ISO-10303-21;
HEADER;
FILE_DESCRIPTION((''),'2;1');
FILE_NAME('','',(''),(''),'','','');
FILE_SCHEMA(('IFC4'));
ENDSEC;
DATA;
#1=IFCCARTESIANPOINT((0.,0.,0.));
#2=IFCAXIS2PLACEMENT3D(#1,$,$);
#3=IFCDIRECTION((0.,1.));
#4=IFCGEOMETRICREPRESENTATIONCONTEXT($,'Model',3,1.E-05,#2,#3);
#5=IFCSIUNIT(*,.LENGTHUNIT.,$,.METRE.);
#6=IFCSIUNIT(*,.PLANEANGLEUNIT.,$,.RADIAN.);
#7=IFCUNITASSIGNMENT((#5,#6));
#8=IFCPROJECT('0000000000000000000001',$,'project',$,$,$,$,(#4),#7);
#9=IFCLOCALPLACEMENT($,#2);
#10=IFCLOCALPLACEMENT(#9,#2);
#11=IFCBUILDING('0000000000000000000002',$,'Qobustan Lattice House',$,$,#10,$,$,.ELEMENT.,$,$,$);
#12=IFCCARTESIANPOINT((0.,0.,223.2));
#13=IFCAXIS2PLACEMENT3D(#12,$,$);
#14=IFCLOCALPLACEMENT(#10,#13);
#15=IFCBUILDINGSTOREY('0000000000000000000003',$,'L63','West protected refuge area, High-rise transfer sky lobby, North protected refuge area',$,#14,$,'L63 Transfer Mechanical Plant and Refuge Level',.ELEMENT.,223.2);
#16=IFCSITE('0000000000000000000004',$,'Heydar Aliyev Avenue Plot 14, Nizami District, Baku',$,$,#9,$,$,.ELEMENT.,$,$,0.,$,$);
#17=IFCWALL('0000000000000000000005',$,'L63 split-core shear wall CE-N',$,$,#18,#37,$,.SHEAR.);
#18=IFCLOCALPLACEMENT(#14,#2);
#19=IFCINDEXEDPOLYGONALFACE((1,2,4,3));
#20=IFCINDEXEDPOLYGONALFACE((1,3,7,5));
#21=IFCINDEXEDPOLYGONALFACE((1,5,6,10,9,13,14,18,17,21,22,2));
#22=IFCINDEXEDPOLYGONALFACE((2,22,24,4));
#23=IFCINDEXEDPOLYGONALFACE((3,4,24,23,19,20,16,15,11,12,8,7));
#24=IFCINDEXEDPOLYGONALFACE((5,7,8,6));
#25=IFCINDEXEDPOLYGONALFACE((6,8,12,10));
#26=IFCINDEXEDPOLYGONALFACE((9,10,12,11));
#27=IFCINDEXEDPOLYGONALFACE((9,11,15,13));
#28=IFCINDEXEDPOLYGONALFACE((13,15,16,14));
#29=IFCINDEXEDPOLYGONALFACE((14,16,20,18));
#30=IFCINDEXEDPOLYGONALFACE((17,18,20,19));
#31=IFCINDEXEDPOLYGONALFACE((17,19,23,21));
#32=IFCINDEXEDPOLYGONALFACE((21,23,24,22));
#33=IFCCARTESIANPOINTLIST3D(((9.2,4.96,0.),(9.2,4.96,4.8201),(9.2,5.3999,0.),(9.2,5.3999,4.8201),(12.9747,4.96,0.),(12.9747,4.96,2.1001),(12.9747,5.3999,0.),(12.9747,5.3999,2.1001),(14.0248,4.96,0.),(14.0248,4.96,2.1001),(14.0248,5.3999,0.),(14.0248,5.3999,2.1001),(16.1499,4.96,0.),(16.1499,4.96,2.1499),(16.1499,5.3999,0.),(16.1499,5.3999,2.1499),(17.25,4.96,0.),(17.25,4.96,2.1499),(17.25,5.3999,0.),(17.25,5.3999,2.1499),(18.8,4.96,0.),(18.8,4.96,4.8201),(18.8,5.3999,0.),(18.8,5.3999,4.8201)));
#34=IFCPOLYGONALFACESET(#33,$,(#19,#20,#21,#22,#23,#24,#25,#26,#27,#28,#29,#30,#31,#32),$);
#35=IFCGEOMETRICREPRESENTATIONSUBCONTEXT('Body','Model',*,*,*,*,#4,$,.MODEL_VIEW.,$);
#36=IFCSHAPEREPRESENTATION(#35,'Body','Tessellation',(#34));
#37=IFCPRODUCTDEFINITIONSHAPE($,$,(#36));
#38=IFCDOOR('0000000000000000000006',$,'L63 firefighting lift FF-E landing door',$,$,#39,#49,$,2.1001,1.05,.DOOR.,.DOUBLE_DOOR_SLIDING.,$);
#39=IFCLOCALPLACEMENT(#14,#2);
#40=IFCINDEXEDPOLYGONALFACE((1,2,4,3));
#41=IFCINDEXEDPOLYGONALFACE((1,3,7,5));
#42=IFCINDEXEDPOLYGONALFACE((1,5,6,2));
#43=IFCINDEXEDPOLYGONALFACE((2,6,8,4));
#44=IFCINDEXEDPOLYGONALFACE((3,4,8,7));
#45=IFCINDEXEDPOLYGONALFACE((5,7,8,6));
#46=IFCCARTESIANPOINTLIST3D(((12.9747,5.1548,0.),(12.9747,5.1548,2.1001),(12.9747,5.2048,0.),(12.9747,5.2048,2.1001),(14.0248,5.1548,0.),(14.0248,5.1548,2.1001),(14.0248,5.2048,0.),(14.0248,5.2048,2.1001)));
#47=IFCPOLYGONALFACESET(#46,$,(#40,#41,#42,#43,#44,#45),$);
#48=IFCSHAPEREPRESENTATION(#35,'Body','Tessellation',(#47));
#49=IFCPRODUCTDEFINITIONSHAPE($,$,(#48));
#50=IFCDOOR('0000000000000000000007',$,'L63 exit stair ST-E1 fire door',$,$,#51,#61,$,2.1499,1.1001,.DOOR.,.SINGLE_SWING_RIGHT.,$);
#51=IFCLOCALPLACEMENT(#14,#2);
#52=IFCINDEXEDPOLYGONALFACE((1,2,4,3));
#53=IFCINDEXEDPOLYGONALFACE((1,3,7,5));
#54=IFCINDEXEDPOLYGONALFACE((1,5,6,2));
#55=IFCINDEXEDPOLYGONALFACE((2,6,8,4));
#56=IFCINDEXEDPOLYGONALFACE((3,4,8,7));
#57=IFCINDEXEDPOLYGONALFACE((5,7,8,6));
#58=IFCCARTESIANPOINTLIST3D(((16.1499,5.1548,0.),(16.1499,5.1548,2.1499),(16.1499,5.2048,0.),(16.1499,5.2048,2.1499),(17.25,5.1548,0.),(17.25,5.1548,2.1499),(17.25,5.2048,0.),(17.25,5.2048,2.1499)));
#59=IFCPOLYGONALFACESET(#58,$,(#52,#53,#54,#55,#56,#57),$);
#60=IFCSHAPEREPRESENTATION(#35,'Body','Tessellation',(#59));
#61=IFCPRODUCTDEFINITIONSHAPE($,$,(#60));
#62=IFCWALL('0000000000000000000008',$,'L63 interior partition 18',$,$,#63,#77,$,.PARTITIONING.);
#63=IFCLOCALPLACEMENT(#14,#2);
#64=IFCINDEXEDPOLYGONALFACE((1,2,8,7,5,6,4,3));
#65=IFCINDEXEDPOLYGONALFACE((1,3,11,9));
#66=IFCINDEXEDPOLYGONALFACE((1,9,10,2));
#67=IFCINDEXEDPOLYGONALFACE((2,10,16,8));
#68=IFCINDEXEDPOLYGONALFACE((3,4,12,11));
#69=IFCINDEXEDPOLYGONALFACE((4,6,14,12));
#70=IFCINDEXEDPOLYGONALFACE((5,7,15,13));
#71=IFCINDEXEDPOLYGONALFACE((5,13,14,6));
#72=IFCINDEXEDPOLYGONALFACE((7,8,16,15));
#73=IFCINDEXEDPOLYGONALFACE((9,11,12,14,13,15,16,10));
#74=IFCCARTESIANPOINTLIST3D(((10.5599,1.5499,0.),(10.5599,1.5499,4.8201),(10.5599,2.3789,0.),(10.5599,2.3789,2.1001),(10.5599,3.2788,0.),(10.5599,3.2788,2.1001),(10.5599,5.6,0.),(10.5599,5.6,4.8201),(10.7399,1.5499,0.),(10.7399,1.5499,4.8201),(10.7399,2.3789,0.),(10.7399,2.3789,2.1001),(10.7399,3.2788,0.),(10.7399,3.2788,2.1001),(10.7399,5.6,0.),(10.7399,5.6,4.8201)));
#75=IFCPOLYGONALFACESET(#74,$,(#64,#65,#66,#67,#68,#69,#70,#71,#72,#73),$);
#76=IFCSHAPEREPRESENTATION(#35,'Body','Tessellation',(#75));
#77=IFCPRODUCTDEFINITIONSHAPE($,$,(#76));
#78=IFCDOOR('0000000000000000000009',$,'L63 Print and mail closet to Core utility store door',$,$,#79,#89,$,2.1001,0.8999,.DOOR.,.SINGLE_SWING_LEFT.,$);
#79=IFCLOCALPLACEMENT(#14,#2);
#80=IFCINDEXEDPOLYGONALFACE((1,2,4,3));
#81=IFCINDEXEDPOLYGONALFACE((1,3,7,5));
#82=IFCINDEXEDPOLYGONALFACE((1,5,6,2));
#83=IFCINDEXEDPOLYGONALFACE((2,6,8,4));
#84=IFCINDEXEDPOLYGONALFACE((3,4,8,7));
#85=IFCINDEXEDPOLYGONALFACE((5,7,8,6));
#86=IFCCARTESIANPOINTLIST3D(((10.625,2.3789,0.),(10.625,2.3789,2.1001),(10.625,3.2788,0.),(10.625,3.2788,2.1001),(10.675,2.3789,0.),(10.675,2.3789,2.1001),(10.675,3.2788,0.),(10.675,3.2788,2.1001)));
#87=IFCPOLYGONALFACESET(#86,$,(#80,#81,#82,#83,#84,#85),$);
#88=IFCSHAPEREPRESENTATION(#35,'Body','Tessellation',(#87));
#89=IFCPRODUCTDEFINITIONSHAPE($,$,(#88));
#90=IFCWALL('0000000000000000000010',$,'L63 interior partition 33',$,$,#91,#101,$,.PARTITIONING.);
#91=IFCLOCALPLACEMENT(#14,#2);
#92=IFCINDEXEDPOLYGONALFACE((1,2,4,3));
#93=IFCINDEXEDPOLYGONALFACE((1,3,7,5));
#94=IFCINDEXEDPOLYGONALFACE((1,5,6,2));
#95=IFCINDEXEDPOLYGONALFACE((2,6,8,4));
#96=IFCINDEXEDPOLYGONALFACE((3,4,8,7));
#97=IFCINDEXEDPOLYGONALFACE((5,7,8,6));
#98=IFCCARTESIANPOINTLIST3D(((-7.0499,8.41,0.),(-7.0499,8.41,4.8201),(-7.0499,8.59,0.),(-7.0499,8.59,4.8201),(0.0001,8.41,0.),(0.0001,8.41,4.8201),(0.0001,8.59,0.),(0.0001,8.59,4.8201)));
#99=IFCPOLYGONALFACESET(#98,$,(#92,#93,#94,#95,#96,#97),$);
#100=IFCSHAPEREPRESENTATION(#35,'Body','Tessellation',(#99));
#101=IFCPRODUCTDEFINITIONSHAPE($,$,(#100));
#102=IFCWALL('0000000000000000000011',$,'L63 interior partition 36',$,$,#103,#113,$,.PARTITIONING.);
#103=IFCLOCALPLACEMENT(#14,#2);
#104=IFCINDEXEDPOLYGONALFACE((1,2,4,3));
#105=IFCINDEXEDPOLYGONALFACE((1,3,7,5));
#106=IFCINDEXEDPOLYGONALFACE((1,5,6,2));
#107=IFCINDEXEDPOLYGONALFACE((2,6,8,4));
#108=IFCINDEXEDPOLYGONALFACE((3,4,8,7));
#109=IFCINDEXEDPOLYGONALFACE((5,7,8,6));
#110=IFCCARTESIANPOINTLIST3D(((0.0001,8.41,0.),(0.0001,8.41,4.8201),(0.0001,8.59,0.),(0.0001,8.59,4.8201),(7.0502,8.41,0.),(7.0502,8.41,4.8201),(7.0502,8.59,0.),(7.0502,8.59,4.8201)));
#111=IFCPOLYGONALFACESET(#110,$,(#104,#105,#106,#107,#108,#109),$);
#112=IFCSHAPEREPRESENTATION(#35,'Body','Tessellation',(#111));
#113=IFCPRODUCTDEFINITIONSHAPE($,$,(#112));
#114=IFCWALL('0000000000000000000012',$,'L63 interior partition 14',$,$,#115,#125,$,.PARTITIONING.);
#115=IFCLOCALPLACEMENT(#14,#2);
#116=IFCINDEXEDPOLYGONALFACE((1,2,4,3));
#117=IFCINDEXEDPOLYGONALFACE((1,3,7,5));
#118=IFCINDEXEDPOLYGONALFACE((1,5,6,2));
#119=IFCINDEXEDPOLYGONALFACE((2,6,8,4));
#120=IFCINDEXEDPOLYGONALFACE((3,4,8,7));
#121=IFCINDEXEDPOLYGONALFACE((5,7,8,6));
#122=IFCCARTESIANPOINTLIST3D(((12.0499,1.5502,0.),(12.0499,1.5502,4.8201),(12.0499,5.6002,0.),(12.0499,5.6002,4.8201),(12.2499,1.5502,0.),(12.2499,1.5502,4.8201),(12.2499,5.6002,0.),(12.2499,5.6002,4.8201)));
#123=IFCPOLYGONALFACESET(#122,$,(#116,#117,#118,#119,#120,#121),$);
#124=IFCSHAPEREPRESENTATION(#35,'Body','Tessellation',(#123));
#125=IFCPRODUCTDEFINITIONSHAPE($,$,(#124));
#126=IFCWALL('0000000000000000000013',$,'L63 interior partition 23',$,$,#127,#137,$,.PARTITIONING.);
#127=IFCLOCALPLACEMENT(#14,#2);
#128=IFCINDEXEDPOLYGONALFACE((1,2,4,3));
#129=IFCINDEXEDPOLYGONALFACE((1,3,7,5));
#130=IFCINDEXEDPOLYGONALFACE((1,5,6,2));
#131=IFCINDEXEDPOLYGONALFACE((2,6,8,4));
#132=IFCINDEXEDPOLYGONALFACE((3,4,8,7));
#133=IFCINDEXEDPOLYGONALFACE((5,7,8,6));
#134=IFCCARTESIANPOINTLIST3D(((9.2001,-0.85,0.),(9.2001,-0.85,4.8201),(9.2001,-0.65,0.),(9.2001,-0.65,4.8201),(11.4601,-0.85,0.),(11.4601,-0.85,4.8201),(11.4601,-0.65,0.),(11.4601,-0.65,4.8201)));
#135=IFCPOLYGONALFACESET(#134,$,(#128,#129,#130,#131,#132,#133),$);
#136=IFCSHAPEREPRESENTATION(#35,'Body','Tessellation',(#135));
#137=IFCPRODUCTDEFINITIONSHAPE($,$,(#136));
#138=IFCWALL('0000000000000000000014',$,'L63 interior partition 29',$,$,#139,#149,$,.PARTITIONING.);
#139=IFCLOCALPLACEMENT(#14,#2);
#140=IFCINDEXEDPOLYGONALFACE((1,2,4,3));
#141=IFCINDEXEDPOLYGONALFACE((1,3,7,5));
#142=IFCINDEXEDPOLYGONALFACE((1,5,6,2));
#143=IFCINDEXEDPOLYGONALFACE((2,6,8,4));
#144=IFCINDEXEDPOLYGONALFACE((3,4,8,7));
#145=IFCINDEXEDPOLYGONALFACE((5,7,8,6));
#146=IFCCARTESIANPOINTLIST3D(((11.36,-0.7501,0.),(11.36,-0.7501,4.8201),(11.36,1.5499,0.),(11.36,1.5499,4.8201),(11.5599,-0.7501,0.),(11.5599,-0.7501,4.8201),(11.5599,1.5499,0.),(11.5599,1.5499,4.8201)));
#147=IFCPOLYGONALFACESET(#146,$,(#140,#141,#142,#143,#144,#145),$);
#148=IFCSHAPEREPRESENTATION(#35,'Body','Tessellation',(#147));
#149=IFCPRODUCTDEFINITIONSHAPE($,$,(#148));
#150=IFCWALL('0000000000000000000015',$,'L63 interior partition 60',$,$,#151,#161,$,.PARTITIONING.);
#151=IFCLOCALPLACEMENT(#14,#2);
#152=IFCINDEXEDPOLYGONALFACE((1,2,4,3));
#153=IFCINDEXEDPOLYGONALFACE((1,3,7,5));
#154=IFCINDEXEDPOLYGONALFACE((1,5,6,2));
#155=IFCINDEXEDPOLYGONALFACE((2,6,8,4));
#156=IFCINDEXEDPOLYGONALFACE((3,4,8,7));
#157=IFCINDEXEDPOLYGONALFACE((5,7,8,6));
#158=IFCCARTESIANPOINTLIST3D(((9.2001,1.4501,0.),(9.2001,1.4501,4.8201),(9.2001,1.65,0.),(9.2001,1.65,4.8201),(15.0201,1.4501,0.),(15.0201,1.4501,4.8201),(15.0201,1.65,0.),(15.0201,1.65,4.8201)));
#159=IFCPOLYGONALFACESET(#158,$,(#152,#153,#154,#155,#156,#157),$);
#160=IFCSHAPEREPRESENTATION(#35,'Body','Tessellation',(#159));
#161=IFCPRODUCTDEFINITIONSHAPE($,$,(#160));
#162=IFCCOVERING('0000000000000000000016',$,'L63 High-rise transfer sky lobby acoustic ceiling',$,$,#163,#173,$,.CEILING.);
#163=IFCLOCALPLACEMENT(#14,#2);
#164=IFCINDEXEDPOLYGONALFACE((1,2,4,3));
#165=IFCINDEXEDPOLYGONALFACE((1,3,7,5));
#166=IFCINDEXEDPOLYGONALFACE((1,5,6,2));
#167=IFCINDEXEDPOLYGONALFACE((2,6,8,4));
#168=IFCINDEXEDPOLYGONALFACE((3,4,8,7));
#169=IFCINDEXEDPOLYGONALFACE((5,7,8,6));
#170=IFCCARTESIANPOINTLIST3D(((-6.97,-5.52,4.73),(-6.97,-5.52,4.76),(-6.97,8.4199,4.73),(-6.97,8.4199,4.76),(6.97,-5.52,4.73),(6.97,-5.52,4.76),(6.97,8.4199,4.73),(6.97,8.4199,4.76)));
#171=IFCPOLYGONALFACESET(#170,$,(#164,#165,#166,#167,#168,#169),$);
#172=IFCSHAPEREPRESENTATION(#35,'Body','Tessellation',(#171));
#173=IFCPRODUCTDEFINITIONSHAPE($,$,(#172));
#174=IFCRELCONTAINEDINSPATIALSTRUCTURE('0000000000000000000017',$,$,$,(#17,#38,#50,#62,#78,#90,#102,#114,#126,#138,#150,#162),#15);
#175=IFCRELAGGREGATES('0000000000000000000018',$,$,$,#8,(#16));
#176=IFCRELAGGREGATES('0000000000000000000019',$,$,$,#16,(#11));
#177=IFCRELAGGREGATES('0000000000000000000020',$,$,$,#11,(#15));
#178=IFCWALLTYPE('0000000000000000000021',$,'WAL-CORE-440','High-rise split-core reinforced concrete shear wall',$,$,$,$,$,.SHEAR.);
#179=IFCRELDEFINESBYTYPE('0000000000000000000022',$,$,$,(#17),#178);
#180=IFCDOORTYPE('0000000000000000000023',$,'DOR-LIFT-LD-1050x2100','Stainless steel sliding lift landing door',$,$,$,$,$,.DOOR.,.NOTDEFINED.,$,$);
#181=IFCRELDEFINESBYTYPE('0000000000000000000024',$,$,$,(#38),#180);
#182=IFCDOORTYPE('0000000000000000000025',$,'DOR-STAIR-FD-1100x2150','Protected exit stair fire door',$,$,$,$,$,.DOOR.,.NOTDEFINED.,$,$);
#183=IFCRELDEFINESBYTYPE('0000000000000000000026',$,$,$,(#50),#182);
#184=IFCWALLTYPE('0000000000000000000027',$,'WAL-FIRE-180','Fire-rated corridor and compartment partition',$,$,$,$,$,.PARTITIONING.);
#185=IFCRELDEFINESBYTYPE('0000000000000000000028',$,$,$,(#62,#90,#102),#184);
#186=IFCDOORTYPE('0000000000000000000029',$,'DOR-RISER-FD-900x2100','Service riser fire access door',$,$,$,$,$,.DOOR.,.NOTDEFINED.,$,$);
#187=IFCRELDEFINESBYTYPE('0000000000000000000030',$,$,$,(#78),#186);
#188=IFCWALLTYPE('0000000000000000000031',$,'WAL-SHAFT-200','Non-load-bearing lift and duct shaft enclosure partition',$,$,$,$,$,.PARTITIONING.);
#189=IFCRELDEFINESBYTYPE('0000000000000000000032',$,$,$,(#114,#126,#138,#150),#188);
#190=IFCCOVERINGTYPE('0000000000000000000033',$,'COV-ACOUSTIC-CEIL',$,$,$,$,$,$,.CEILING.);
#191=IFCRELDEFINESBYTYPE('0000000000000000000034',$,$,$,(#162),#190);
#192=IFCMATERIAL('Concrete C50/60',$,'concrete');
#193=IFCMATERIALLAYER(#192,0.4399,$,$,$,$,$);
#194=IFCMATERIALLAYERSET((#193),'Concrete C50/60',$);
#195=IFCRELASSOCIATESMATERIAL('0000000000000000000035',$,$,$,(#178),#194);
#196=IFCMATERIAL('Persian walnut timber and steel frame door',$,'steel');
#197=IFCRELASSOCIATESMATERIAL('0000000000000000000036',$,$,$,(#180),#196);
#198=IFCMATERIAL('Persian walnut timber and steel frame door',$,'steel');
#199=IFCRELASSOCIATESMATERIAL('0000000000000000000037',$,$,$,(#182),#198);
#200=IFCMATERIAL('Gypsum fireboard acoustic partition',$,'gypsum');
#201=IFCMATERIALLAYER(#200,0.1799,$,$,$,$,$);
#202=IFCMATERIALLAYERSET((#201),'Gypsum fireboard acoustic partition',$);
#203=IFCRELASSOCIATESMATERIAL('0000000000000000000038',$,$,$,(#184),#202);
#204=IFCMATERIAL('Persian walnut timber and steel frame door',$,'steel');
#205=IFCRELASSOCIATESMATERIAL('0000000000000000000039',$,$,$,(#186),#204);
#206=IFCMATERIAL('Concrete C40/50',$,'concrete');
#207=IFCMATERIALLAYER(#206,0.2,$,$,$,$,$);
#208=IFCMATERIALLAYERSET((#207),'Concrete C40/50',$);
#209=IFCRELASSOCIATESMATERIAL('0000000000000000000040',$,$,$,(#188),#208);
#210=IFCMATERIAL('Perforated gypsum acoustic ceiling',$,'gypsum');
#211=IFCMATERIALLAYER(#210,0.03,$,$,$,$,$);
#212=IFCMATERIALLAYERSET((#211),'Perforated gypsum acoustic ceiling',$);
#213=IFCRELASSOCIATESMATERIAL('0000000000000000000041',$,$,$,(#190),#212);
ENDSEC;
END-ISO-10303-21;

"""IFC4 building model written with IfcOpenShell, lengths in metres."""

from ifc_helpers import new_model, si_unit, direction, frame, frame_2d, origin, place, context, subcontext, project, spatial, polyline, rectangle, outline, extrude, material, layer, layer_set, type_object, element, fill, save


model = new_model("IFC4")

# Units and contexts
model_context = context("Model", 3, precision=1e-05, world=origin(), true_north=direction((0.0, 1.0)))
body_context = subcontext(model_context, "Body", "Model", "MODEL_VIEW")
ifc_project = project(units=[si_unit("LENGTHUNIT", "METRE"), si_unit("PLANEANGLEUNIT", "RADIAN")], contexts=[model_context])

# Site, building, storey
site_placement = place(None, origin())
site = spatial("IfcSite", under=ifc_project, at=site_placement, Name="Heydar Aliyev Avenue Plot 14, Nizami District, Baku", CompositionType="ELEMENT", RefElevation=0.0)
building_placement = place(site_placement, origin())
building = spatial("IfcBuilding", under=site, at=building_placement, Name="Qobustan Lattice House", CompositionType="ELEMENT")
storey_placement = place(building_placement, frame((0.0, 0.0, 223.2)))
storey = spatial("IfcBuildingStorey", under=building, at=storey_placement, Name="L63", Description="West protected refuge area, High-rise transfer sky lobby, North protected refuge area", LongName="L63 Transfer Mechanical Plant and Refuge Level", CompositionType="ELEMENT", Elevation=223.2)

# Wall, openings, doors
ifc_material_1 = material(Name="Concrete C50/60", Category="concrete")
ifc_layer_1 = layer(ifc_material_1, 0.4399)
ifc_layer_set_1 = layer_set([ifc_layer_1], Name="Concrete C50/60")
wall_type_1 = type_object("IfcWallType", Name="WAL-CORE-440", Description="High-rise split-core reinforced concrete shear wall", PredefinedType="SHEAR", material=ifc_layer_set_1)
wall_1_placement = place(storey_placement, frame((9.2, 5.1799, 0.0), z_axis=(0.0, 0.0, 1.0), x_axis=(1.0, 0.0, 0.0)))
wall_1 = element("IfcWall", 1, at=wall_1_placement, inside=storey, type_object=wall_type_1, Name="L63 split-core shear wall CE-N", PredefinedType="SHEAR", context=body_context, shape_type="SweptSolid", body=[
    extrude(rectangle(XDim=9.6001, YDim=0.4399, at=frame_2d((4.8, 0.0))), origin(), (0.0, 0.0, 1.0), 4.8201),
])
opening_1_placement = place(wall_1_placement, frame((6.95, 0.0, 0.0)))
opening_1 = element("IfcOpeningElement", 2, at=opening_1_placement, cuts=wall_1, PredefinedType="OPENING", context=body_context, shape_type="SweptSolid", body=[
    extrude(rectangle(XDim=1.1001, YDim=2.1499, at=frame_2d((0.55, 1.075))), frame((0.0, 0.23, 0.0), z_axis=(0.0, -1.0, 0.0), x_axis=(1.0, 0.0, 0.0)), (0.0, 0.0, 1.0), 0.46),
])
opening_2_placement = place(wall_1_placement, frame((3.7749, 0.0, 0.0)))
opening_2 = element("IfcOpeningElement", 3, at=opening_2_placement, cuts=wall_1, PredefinedType="OPENING", context=body_context, shape_type="SweptSolid", body=[
    extrude(rectangle(XDim=1.05, YDim=2.1001, at=frame_2d((0.5249, 1.05))), frame((0.0, 0.23, 0.0), z_axis=(0.0, -1.0, 0.0), x_axis=(1.0, 0.0, 0.0)), (0.0, 0.0, 1.0), 0.46),
])
ifc_material_2 = material(Name="Persian walnut timber and steel frame door", Category="steel")
door_type_1 = type_object("IfcDoorType", Name="DOR-LIFT-LD-1050x2100", Description="Stainless steel sliding lift landing door", OperationType="NOTDEFINED", PredefinedType="DOOR", material=ifc_material_2)
door_1_placement = place(opening_2_placement, origin())
door_1 = element("IfcDoor", 4, at=door_1_placement, inside=storey, type_object=door_type_1, Name="L63 firefighting lift FF-E landing door", OperationType="DOUBLE_DOOR_SLIDING", OverallHeight=2.1001, OverallWidth=1.05, PredefinedType="DOOR", context=body_context, shape_type="SweptSolid", body=[
    extrude(rectangle(XDim=1.05, YDim=2.1001, at=frame_2d((0.5249, 1.05))), frame((0.0, 0.0249, 0.0), z_axis=(0.0, -1.0, 0.0), x_axis=(1.0, 0.0, 0.0)), (0.0, 0.0, 1.0), 0.05),
])
fill(opening_2, door_1)
ifc_material_3 = material(Name="Persian walnut timber and steel frame door", Category="steel")
door_type_2 = type_object("IfcDoorType", Name="DOR-STAIR-FD-1100x2150", Description="Protected exit stair fire door", OperationType="NOTDEFINED", PredefinedType="DOOR", material=ifc_material_3)
door_2_placement = place(opening_1_placement, origin())
door_2 = element("IfcDoor", 5, at=door_2_placement, inside=storey, type_object=door_type_2, Name="L63 exit stair ST-E1 fire door", OperationType="SINGLE_SWING_RIGHT", OverallHeight=2.1499, OverallWidth=1.1001, PredefinedType="DOOR", context=body_context, shape_type="SweptSolid", body=[
    extrude(rectangle(XDim=1.1001, YDim=2.1499, at=frame_2d((0.55, 1.075))), frame((0.0, 0.0249, 0.0), z_axis=(0.0, -1.0, 0.0), x_axis=(1.0, 0.0, 0.0)), (0.0, 0.0, 1.0), 0.05),
])
fill(opening_1, door_2)

# Wall, opening, door
ifc_material_4 = material(Name="Gypsum fireboard acoustic partition", Category="gypsum")
ifc_layer_2 = layer(ifc_material_4, 0.1799)
ifc_layer_set_2 = layer_set([ifc_layer_2], Name="Gypsum fireboard acoustic partition")
wall_type_2 = type_object("IfcWallType", Name="WAL-FIRE-180", Description="Fire-rated corridor and compartment partition", PredefinedType="PARTITIONING", material=ifc_layer_set_2)
wall_2_placement = place(storey_placement, frame((10.6499, 1.55, 0.0), z_axis=(0.0, 0.0, 1.0), x_axis=(0.0, 1.0, 0.0)))
wall_2 = element("IfcWall", 6, at=wall_2_placement, inside=storey, type_object=wall_type_2, Name="L63 interior partition 18", PredefinedType="PARTITIONING", context=body_context, shape_type="SweptSolid", body=[
    extrude(rectangle(XDim=4.05, YDim=0.1799, at=frame_2d((2.0249, 0.0))), origin(), (0.0, 0.0, 1.0), 4.8201),
])
opening_3_placement = place(wall_2_placement, frame((0.8289, 0.0, 0.0)))
opening_3 = element("IfcOpeningElement", 7, at=opening_3_placement, cuts=wall_2, PredefinedType="OPENING", context=body_context, shape_type="SweptSolid", body=[
    extrude(rectangle(XDim=0.8999, YDim=2.1001, at=frame_2d((0.45, 1.05))), frame((0.0, 0.0999, 0.0), z_axis=(0.0, -1.0, 0.0), x_axis=(1.0, 0.0, 0.0)), (0.0, 0.0, 1.0), 0.2),
])
ifc_material_5 = material(Name="Persian walnut timber and steel frame door", Category="steel")
door_type_3 = type_object("IfcDoorType", Name="DOR-RISER-FD-900x2100", Description="Service riser fire access door", OperationType="NOTDEFINED", PredefinedType="DOOR", material=ifc_material_5)
door_3_placement = place(opening_3_placement, origin())
door_3 = element("IfcDoor", 8, at=door_3_placement, inside=storey, type_object=door_type_3, Name="L63 Print and mail closet to Core utility store door", OperationType="SINGLE_SWING_LEFT", OverallHeight=2.1001, OverallWidth=0.8999, PredefinedType="DOOR", context=body_context, shape_type="SweptSolid", body=[
    extrude(rectangle(XDim=0.8999, YDim=2.1001, at=frame_2d((0.45, 1.05))), frame((0.0, 0.0249, 0.0), z_axis=(0.0, -1.0, 0.0), x_axis=(1.0, 0.0, 0.0)), (0.0, 0.0, 1.0), 0.05),
])
fill(opening_3, door_3)

# Walls
for number, where, z_axis, x_axis, name in (
    (9, (0.0, 8.5, 0.0), (0.0, 0.0, 1.0), (-1.0, 0.0, 0.0), "L63 interior partition 33"),
    (10, (7.05, 8.5, 0.0), (0.0, 0.0, 1.0), (-1.0, 0.0, 0.0), "L63 interior partition 36"),
):
    element("IfcWall", number, at=place(storey_placement, frame(where, z_axis=z_axis, x_axis=x_axis)), inside=storey, type_object=wall_type_2, Name=name, PredefinedType="PARTITIONING", context=body_context, shape_type="SweptSolid", body=[
        extrude(rectangle(XDim=7.05, YDim=0.1799, at=frame_2d((3.5249, 0.0))), origin(), (0.0, 0.0, 1.0), 4.8201),
    ])
ifc_material_6 = material(Name="Concrete C40/50", Category="concrete")
ifc_layer_3 = layer(ifc_material_6, 0.2)
ifc_layer_set_3 = layer_set([ifc_layer_3], Name="Concrete C40/50")
wall_type_3 = type_object("IfcWallType", Name="WAL-SHAFT-200", Description="Non-load-bearing lift and duct shaft enclosure partition", PredefinedType="PARTITIONING", material=ifc_layer_set_3)
wall_3_placement = place(storey_placement, frame((12.1499, 5.6001, 0.0), z_axis=(0.0, 0.0, 1.0), x_axis=(0.0, -1.0, 0.0)))
element("IfcWall", 11, at=wall_3_placement, inside=storey, type_object=wall_type_3, Name="L63 interior partition 14", PredefinedType="PARTITIONING", context=body_context, shape_type="SweptSolid", body=[
    extrude(rectangle(XDim=4.05, YDim=0.2, at=frame_2d((2.0249, 0.0))), origin(), (0.0, 0.0, 1.0), 4.8201),
])
wall_4_placement = place(storey_placement, frame((11.46, -0.75, 0.0), z_axis=(0.0, 0.0, 1.0), x_axis=(-1.0, 0.0, 0.0)))
element("IfcWall", 12, at=wall_4_placement, inside=storey, type_object=wall_type_3, Name="L63 interior partition 23", PredefinedType="PARTITIONING", context=body_context, shape_type="SweptSolid", body=[
    extrude(rectangle(XDim=2.26, YDim=0.2, at=frame_2d((1.1299, 0.0))), origin(), (0.0, 0.0, 1.0), 4.8201),
])
wall_5_placement = place(storey_placement, frame((11.46, -0.75, 0.0), z_axis=(0.0, 0.0, 1.0), x_axis=(0.0, 1.0, 0.0)))
element("IfcWall", 13, at=wall_5_placement, inside=storey, type_object=wall_type_3, Name="L63 interior partition 29", PredefinedType="PARTITIONING", context=body_context, shape_type="SweptSolid", body=[
    extrude(rectangle(XDim=2.3, YDim=0.2, at=frame_2d((1.1499, 0.0))), origin(), (0.0, 0.0, 1.0), 4.8201),
])
wall_6_placement = place(storey_placement, frame((9.2, 1.55, 0.0), z_axis=(0.0, 0.0, 1.0), x_axis=(1.0, 0.0, 0.0)))
element("IfcWall", 14, at=wall_6_placement, inside=storey, type_object=wall_type_3, Name="L63 interior partition 60", PredefinedType="PARTITIONING", context=body_context, shape_type="SweptSolid", body=[
    extrude(rectangle(XDim=5.8201, YDim=0.2, at=frame_2d((2.9102, 0.0))), origin(), (0.0, 0.0, 1.0), 4.8201),
])

# Covering
ifc_material_7 = material(Name="Perforated gypsum acoustic ceiling", Category="gypsum")
ifc_layer_4 = layer(ifc_material_7, 0.03)
ifc_layer_set_4 = layer_set([ifc_layer_4], Name="Perforated gypsum acoustic ceiling")
covering_type_1 = type_object("IfcCoveringType", Name="COV-ACOUSTIC-CEIL", PredefinedType="CEILING", material=ifc_layer_set_4)
covering_1_placement = place(storey_placement, frame((0.0, 0.0, 4.73)))
element("IfcCovering", 15, at=covering_1_placement, inside=storey, type_object=covering_type_1, Name="L63 High-rise transfer sky lobby acoustic ceiling", PredefinedType="CEILING", context=body_context, shape_type="SweptSolid", body=[
    extrude(outline(polyline([(6.97, -5.52), (6.97, 8.4199), (-6.97, 8.4199), (-6.97, -5.52), (6.97, -5.52)])), origin(), (0.0, 0.0, 1.0), 0.03),
])

save(model, "model.ifc")
